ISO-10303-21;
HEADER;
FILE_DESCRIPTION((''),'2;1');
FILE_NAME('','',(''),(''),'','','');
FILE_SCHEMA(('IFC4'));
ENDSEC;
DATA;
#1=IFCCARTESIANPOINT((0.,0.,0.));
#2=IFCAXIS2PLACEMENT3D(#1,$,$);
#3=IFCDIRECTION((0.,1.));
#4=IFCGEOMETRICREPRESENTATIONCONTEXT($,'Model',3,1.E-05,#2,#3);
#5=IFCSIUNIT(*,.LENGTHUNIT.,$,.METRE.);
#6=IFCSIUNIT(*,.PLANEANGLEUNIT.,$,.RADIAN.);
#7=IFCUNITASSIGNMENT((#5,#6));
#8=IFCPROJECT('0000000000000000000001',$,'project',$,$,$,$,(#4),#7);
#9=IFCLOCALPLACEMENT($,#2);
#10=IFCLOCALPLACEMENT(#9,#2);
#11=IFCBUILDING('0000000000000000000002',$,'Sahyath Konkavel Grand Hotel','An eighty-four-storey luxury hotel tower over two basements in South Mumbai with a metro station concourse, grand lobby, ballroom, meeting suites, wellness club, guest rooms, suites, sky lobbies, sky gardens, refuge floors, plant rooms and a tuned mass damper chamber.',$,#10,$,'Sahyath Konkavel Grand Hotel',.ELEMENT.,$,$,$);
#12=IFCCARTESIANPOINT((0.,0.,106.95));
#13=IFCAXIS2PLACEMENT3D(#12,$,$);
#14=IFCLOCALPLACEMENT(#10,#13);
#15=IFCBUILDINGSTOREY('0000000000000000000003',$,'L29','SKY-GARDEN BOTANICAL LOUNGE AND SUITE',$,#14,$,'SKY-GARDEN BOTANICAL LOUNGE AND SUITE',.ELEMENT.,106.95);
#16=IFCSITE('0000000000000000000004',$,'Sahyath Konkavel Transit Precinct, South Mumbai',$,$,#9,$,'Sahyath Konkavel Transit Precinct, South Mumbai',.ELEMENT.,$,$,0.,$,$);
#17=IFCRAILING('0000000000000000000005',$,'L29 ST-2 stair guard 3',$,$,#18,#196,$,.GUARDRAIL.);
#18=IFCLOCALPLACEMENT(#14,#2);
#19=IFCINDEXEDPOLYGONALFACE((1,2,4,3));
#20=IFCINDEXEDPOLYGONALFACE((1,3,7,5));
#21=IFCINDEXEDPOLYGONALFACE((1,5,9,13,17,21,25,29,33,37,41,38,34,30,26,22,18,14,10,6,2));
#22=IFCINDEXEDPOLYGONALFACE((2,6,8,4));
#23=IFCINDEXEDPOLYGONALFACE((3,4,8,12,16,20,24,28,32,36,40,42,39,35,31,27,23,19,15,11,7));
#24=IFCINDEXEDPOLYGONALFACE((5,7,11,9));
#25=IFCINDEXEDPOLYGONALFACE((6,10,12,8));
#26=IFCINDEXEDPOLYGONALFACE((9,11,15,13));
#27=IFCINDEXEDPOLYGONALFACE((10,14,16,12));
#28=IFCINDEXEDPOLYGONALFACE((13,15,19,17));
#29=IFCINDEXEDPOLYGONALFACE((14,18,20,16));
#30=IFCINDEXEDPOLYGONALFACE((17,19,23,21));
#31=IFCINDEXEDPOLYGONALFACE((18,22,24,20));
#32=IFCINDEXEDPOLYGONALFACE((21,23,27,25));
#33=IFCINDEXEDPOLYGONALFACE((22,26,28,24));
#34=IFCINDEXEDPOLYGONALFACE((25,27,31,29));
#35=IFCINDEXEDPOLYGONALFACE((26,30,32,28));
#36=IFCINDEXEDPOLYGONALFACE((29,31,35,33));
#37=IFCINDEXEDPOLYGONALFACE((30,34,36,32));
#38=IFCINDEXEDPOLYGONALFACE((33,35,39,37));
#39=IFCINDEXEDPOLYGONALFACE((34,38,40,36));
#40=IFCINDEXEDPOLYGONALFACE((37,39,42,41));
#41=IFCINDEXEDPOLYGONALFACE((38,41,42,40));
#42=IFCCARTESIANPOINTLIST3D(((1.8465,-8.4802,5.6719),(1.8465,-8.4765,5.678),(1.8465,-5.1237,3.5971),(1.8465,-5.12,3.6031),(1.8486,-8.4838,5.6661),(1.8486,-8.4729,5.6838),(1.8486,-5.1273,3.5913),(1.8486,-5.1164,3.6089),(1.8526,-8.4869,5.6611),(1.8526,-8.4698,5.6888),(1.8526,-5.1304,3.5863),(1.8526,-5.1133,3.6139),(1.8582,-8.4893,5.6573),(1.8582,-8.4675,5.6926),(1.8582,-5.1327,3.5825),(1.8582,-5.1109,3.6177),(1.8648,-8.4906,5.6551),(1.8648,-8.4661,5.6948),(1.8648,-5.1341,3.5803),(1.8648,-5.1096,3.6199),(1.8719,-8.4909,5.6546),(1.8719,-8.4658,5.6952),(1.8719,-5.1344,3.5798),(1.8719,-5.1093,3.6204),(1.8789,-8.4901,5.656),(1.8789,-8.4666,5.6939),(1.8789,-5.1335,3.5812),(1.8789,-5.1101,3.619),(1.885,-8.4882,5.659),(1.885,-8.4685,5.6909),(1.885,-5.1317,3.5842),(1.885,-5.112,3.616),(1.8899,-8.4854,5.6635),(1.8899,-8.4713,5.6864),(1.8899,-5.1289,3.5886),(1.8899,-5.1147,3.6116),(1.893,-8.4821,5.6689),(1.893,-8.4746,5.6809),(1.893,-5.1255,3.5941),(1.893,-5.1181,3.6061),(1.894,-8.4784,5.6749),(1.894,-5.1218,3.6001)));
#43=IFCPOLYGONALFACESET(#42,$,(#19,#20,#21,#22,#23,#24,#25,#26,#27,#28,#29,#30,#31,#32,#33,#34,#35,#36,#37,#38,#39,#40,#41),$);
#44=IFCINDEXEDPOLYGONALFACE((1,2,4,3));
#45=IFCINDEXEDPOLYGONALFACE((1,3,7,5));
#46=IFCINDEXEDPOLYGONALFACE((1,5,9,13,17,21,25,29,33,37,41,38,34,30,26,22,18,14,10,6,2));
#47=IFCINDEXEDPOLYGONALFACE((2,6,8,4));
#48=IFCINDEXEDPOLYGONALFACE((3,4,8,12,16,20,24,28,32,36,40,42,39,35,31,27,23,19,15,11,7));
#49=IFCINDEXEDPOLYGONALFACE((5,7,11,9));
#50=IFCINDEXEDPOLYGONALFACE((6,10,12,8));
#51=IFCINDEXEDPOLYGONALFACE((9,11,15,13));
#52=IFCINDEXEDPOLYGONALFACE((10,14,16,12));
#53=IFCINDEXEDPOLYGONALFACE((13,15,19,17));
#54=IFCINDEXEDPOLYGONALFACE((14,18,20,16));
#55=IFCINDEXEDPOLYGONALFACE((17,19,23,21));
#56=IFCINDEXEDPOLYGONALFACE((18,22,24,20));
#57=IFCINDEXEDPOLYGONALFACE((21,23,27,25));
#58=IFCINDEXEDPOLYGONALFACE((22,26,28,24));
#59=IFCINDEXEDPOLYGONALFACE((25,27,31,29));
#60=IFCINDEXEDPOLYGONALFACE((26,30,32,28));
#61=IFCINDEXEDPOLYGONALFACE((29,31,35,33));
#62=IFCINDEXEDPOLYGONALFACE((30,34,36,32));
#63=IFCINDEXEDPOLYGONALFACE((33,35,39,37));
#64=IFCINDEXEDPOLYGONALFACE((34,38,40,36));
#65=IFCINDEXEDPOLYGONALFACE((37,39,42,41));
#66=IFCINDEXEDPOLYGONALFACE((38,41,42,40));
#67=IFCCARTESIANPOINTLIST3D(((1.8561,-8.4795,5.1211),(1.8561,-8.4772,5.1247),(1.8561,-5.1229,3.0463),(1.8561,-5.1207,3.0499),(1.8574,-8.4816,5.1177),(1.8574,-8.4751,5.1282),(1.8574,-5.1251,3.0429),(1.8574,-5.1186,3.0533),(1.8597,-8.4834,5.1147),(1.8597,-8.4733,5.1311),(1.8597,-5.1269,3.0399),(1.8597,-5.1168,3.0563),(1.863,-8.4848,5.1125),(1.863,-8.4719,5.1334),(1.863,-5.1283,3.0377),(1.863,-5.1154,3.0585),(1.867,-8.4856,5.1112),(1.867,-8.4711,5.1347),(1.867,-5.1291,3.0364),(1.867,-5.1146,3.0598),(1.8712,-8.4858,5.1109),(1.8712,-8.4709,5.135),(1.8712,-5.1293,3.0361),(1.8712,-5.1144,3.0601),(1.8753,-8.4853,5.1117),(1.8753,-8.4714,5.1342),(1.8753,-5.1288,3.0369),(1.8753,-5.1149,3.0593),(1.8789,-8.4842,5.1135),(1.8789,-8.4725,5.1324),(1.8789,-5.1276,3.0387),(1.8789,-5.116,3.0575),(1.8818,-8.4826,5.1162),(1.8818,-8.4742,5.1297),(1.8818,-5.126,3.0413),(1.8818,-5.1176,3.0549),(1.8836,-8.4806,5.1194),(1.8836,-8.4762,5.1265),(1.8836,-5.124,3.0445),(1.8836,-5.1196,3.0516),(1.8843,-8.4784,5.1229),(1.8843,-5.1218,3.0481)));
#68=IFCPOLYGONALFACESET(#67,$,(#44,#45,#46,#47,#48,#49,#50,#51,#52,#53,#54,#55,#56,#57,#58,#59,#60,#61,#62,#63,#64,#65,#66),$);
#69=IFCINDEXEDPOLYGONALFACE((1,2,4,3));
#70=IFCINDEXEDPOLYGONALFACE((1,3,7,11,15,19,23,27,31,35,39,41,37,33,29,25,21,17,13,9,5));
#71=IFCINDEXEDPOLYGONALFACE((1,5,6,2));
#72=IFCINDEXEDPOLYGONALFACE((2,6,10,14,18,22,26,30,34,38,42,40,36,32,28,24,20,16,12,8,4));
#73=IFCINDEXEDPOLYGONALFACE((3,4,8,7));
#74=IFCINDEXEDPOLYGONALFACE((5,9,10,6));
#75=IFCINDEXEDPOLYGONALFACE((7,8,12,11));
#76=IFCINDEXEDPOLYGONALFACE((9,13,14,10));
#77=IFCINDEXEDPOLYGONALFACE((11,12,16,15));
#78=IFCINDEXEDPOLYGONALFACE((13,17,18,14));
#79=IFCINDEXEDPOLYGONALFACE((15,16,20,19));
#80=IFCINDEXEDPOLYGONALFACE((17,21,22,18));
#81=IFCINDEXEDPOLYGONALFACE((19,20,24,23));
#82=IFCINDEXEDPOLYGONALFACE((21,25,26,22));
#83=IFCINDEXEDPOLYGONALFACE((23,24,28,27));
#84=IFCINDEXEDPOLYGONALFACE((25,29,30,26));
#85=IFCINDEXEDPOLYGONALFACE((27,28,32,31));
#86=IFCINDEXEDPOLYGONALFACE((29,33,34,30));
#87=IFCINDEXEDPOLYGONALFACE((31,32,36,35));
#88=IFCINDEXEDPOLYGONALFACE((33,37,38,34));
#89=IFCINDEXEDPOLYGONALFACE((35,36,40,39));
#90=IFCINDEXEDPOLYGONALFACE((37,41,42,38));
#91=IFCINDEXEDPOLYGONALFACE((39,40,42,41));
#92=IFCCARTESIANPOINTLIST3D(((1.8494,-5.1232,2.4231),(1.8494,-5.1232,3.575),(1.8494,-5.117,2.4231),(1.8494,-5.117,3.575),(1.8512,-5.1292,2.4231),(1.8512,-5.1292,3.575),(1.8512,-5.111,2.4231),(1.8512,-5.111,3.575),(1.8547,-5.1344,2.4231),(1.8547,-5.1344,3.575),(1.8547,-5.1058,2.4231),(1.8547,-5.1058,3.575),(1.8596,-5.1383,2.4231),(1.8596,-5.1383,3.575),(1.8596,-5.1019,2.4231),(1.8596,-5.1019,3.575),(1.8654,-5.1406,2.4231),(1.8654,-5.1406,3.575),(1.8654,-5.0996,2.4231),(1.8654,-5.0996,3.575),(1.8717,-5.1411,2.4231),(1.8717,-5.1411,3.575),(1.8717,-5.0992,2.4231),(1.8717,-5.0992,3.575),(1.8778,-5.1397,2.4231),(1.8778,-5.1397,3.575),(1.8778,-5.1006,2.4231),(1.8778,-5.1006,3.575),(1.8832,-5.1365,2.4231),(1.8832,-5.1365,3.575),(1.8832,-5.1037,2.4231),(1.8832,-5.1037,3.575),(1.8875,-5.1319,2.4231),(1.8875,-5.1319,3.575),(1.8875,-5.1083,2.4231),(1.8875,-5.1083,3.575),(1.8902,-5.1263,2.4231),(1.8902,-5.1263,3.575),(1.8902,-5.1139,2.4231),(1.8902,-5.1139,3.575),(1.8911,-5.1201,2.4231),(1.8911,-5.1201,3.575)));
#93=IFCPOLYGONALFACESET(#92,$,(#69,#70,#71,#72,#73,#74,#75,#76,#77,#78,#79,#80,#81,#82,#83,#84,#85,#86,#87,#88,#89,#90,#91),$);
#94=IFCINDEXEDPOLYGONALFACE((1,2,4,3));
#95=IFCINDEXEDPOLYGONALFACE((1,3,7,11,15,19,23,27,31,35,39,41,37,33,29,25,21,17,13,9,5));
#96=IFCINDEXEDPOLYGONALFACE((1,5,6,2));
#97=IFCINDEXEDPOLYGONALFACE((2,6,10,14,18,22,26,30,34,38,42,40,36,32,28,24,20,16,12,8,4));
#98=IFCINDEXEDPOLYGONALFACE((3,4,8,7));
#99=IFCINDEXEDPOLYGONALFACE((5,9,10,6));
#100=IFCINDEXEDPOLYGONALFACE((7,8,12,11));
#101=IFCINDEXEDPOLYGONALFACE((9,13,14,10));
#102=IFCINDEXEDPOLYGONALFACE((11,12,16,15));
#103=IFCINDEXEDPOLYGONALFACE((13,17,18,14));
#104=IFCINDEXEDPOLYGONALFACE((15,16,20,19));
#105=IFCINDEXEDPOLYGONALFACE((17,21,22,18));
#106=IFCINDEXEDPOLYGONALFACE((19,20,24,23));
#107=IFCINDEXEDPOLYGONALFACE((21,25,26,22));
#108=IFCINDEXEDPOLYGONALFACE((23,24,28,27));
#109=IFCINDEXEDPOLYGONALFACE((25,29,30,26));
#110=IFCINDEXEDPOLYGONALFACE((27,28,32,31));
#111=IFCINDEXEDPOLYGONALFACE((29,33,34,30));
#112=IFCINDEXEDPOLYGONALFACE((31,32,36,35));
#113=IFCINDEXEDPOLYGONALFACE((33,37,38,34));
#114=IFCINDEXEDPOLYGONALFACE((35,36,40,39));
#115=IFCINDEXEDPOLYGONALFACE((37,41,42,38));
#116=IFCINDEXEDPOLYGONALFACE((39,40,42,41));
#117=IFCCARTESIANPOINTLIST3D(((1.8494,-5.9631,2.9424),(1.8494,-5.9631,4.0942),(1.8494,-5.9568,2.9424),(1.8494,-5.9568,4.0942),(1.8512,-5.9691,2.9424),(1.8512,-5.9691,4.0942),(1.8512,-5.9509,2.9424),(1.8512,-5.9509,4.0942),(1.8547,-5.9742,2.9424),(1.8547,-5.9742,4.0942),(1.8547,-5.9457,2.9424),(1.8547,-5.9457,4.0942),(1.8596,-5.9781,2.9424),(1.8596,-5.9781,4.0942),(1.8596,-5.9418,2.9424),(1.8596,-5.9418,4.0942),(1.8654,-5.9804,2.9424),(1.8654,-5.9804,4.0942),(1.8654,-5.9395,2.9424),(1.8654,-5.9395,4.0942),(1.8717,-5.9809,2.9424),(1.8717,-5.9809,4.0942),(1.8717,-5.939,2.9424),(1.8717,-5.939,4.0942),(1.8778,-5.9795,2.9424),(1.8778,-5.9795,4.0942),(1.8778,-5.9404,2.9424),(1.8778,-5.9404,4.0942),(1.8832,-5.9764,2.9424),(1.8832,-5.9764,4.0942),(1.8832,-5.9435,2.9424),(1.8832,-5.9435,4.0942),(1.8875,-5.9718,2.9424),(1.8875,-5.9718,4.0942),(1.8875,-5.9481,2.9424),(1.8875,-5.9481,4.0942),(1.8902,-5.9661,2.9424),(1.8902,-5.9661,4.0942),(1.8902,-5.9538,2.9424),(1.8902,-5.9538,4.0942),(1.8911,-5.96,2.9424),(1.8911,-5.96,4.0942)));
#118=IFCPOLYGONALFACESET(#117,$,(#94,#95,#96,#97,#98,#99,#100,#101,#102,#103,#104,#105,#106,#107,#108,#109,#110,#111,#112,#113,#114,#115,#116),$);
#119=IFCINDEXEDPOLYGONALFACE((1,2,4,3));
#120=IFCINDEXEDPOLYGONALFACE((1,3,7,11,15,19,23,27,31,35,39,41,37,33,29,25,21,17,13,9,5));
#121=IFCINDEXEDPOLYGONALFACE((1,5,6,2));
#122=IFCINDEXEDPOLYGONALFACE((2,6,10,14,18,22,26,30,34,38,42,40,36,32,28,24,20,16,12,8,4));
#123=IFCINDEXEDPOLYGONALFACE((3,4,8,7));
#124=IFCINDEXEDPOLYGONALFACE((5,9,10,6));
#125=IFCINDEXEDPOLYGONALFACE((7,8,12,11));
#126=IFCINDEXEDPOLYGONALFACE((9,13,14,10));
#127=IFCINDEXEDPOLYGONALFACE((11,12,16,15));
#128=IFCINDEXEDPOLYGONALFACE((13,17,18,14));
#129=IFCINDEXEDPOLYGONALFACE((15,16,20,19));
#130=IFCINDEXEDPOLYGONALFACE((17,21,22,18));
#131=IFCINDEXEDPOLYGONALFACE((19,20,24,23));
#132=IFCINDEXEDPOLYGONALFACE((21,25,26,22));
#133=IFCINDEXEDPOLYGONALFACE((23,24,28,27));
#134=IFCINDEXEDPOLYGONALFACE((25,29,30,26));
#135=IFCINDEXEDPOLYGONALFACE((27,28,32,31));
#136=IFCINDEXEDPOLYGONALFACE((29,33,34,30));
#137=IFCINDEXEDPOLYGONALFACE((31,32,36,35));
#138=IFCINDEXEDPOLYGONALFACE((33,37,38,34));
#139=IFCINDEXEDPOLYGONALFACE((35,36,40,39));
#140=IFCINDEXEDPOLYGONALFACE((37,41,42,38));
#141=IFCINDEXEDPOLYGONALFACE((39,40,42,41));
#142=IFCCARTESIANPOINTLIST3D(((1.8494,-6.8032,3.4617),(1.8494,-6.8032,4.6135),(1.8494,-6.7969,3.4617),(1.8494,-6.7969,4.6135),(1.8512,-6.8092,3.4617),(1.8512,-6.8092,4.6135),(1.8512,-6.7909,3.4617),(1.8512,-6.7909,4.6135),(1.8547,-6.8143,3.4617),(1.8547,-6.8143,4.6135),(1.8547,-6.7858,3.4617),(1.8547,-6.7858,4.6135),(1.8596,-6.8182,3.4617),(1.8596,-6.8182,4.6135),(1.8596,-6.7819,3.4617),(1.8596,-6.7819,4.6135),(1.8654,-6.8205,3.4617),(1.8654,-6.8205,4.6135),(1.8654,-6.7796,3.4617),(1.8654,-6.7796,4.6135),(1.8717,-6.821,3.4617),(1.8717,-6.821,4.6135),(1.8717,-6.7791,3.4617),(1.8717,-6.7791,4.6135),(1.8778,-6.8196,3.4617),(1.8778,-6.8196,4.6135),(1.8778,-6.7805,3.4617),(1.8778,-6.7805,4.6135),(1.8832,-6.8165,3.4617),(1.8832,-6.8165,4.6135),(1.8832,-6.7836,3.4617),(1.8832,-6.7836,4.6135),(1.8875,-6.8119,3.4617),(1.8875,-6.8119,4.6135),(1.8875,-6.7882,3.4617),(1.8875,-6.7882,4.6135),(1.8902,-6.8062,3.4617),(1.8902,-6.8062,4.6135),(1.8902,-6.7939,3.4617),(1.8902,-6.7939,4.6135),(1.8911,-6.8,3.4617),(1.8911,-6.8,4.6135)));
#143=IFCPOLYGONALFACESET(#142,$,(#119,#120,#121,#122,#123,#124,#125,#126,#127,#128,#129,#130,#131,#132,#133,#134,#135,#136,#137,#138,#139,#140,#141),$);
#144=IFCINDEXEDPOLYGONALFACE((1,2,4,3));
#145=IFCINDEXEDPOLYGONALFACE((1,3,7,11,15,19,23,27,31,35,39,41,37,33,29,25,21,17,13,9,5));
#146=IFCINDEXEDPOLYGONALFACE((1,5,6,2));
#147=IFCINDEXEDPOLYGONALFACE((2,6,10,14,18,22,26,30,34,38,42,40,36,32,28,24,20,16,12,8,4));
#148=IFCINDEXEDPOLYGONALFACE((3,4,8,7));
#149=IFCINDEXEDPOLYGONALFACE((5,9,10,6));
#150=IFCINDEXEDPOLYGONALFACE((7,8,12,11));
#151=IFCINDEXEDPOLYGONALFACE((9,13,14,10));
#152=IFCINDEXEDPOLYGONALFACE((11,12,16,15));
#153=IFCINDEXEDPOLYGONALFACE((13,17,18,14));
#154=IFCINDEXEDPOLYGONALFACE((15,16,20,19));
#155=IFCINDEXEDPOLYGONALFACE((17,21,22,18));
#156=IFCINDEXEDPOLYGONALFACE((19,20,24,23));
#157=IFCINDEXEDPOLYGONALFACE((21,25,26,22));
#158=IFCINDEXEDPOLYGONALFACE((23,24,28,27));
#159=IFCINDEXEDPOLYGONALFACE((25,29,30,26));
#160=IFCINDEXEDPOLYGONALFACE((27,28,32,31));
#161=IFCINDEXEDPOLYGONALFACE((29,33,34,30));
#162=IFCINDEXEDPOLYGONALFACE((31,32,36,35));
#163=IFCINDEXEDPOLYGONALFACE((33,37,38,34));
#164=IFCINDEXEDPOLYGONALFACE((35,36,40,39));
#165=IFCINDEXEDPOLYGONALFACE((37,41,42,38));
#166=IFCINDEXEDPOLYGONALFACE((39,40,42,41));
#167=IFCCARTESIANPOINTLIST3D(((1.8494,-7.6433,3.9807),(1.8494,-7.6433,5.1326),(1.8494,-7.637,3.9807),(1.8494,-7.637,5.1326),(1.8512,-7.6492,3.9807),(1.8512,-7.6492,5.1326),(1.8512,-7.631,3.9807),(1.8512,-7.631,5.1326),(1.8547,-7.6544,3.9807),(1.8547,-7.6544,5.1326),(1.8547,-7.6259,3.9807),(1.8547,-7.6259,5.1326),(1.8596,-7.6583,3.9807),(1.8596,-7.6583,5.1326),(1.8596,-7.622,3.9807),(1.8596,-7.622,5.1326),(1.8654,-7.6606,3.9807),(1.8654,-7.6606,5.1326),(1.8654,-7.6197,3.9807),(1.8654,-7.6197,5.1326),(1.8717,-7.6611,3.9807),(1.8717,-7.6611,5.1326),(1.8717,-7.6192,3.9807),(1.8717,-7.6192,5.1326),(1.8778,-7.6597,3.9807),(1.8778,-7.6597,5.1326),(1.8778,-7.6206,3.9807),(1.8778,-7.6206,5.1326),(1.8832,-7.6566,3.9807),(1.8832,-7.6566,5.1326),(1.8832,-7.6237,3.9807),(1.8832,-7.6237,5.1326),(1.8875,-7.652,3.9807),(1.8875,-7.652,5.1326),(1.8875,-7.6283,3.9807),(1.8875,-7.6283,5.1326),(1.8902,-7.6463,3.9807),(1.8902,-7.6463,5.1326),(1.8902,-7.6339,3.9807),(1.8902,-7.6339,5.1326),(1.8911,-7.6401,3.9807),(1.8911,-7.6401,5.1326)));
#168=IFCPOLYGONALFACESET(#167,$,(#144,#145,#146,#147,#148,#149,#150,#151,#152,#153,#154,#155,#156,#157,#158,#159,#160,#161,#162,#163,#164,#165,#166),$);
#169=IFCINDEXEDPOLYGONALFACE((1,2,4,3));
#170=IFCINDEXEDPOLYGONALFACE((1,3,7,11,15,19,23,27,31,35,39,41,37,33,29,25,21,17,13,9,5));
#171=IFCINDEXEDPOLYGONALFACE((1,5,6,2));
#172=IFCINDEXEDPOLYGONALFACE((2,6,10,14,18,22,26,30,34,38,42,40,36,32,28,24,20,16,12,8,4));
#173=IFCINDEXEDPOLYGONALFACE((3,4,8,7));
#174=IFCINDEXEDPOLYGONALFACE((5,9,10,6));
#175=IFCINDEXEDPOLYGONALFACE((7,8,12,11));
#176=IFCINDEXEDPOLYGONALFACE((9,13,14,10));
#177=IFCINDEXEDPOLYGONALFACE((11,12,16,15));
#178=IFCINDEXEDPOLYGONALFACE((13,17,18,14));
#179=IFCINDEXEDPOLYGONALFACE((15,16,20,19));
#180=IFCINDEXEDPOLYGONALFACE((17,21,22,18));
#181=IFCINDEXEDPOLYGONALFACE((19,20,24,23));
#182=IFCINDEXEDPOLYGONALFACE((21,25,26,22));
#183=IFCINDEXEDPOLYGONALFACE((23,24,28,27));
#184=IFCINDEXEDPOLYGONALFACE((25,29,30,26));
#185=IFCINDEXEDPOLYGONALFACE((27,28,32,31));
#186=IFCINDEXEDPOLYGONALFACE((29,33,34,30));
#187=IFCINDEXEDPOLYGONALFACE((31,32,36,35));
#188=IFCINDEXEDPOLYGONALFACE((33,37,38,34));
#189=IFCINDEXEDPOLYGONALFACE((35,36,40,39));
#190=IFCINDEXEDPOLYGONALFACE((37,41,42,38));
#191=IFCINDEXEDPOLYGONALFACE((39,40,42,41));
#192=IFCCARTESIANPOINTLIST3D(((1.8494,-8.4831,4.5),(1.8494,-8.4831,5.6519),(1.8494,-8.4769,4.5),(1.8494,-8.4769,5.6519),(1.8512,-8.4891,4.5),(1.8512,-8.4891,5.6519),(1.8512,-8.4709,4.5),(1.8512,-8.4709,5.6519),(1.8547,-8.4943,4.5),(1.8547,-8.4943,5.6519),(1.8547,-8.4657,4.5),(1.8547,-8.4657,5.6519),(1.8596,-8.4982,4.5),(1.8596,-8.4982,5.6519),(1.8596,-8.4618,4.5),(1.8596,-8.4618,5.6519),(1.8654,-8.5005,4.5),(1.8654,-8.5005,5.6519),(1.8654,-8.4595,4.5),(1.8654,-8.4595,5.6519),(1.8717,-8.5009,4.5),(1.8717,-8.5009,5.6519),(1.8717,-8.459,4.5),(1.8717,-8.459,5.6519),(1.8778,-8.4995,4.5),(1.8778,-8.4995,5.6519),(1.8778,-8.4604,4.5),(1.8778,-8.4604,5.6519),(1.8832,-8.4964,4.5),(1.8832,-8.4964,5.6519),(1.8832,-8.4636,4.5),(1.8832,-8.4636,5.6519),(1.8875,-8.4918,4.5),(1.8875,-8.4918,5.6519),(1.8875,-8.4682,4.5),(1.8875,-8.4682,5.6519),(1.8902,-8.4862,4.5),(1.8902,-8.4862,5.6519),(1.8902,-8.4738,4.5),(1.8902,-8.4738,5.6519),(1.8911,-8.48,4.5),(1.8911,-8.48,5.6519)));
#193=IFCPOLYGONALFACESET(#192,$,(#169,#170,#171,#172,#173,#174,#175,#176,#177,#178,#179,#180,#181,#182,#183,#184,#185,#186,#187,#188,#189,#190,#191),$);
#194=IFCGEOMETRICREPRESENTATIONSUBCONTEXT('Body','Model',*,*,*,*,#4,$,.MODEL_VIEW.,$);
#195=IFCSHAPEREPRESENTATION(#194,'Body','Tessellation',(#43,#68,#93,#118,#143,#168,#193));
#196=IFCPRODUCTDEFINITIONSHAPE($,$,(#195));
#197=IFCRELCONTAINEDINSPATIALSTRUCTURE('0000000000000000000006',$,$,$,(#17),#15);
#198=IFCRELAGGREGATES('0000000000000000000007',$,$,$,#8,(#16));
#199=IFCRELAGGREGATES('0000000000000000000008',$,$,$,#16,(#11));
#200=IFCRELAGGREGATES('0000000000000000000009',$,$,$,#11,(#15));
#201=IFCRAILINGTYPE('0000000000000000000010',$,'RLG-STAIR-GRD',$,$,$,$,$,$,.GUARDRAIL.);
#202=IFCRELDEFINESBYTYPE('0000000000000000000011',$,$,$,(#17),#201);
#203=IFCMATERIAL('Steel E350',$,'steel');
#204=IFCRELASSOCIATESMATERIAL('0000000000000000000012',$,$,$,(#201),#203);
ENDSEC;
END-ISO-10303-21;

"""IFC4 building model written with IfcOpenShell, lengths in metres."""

from ifc_helpers import new_model, si_unit, direction, frame, origin, origin_2d, place, context, subcontext, project, spatial, circle, extrude, material, type_object, element, save


model = new_model("IFC4")

# Units and contexts
model_context = context("Model", 3, precision=1e-05, world=origin(), true_north=direction((0.0, 1.0)))
body_context = subcontext(model_context, "Body", "Model", "MODEL_VIEW")
ifc_project = project(units=[si_unit("LENGTHUNIT", "METRE"), si_unit("PLANEANGLEUNIT", "RADIAN")], contexts=[model_context])

# Site, building, storey
site_placement = place(None, origin())
site = spatial("IfcSite", under=ifc_project, at=site_placement, Name="Sahyath Konkavel Transit Precinct, South Mumbai", LongName="Sahyath Konkavel Transit Precinct, South Mumbai", CompositionType="ELEMENT", RefElevation=0.0)
building_placement = place(site_placement, origin())
building = spatial("IfcBuilding", under=site, at=building_placement, Name="Sahyath Konkavel Grand Hotel", Description="An eighty-four-storey luxury hotel tower over two basements in South Mumbai with a metro station concourse, grand lobby, ballroom, meeting suites, wellness club, guest rooms, suites, sky lobbies, sky gardens, refuge floors, plant rooms and a tuned mass damper chamber.", LongName="Sahyath Konkavel Grand Hotel", CompositionType="ELEMENT")
storey_placement = place(building_placement, frame((0.0, 0.0, 106.95)))
storey = spatial("IfcBuildingStorey", under=building, at=storey_placement, Name="L29", Description="SKY-GARDEN BOTANICAL LOUNGE AND SUITE", LongName="SKY-GARDEN BOTANICAL LOUNGE AND SUITE", CompositionType="ELEMENT", Elevation=106.95)

# Shared definitions
ifc_material_1 = material(Name="Steel E350", Category="steel")

# Railing
railing_type_1 = type_object("IfcRailingType", Name="RLG-STAIR-GRD", PredefinedType="GUARDRAIL", material=ifc_material_1)
railing_1_placement = place(storey_placement, frame((1.8701, -5.1201, 2.4231)))
element("IfcRailing", 1, at=railing_1_placement, inside=storey, type_object=railing_type_1, Name="L29 ST-2 stair guard 3", PredefinedType="GUARDRAIL", context=body_context, shape_type="SweptSolid", body=[
    extrude(circle(Radius=0.0239, at=origin_2d()), frame((0.0, -0.0017, 1.177), z_axis=(0.0, -0.850606, 0.525803), x_axis=(1.0, 0.0, 0.0)), (0.0, 0.0, 1.0), 3.946),
    extrude(circle(Radius=0.0142, at=origin_2d()), frame((0.0, -0.0017, 0.625), z_axis=(0.0, -0.850606, 0.525803), x_axis=(1.0, 0.0, 0.0)), (0.0, 0.0, 1.0), 3.946),
    extrude(circle(Radius=0.021, at=origin_2d()), origin(), (0.0, 0.0, 1.0), 1.1519),
    extrude(circle(Radius=0.021, at=origin_2d()), frame((0.0, -0.8398, 0.5193)), (0.0, 0.0, 1.0), 1.1519),
    extrude(circle(Radius=0.021, at=origin_2d()), frame((0.0, -1.6799, 1.0386)), (0.0, 0.0, 1.0), 1.1519),
    extrude(circle(Radius=0.021, at=origin_2d()), frame((0.0, -2.52, 1.5576)), (0.0, 0.0, 1.0), 1.1519),
    extrude(circle(Radius=0.021, at=origin_2d()), frame((0.0, -3.3599, 2.0769)), (0.0, 0.0, 1.0), 1.1519),
])

save(model, "model.ifc")
